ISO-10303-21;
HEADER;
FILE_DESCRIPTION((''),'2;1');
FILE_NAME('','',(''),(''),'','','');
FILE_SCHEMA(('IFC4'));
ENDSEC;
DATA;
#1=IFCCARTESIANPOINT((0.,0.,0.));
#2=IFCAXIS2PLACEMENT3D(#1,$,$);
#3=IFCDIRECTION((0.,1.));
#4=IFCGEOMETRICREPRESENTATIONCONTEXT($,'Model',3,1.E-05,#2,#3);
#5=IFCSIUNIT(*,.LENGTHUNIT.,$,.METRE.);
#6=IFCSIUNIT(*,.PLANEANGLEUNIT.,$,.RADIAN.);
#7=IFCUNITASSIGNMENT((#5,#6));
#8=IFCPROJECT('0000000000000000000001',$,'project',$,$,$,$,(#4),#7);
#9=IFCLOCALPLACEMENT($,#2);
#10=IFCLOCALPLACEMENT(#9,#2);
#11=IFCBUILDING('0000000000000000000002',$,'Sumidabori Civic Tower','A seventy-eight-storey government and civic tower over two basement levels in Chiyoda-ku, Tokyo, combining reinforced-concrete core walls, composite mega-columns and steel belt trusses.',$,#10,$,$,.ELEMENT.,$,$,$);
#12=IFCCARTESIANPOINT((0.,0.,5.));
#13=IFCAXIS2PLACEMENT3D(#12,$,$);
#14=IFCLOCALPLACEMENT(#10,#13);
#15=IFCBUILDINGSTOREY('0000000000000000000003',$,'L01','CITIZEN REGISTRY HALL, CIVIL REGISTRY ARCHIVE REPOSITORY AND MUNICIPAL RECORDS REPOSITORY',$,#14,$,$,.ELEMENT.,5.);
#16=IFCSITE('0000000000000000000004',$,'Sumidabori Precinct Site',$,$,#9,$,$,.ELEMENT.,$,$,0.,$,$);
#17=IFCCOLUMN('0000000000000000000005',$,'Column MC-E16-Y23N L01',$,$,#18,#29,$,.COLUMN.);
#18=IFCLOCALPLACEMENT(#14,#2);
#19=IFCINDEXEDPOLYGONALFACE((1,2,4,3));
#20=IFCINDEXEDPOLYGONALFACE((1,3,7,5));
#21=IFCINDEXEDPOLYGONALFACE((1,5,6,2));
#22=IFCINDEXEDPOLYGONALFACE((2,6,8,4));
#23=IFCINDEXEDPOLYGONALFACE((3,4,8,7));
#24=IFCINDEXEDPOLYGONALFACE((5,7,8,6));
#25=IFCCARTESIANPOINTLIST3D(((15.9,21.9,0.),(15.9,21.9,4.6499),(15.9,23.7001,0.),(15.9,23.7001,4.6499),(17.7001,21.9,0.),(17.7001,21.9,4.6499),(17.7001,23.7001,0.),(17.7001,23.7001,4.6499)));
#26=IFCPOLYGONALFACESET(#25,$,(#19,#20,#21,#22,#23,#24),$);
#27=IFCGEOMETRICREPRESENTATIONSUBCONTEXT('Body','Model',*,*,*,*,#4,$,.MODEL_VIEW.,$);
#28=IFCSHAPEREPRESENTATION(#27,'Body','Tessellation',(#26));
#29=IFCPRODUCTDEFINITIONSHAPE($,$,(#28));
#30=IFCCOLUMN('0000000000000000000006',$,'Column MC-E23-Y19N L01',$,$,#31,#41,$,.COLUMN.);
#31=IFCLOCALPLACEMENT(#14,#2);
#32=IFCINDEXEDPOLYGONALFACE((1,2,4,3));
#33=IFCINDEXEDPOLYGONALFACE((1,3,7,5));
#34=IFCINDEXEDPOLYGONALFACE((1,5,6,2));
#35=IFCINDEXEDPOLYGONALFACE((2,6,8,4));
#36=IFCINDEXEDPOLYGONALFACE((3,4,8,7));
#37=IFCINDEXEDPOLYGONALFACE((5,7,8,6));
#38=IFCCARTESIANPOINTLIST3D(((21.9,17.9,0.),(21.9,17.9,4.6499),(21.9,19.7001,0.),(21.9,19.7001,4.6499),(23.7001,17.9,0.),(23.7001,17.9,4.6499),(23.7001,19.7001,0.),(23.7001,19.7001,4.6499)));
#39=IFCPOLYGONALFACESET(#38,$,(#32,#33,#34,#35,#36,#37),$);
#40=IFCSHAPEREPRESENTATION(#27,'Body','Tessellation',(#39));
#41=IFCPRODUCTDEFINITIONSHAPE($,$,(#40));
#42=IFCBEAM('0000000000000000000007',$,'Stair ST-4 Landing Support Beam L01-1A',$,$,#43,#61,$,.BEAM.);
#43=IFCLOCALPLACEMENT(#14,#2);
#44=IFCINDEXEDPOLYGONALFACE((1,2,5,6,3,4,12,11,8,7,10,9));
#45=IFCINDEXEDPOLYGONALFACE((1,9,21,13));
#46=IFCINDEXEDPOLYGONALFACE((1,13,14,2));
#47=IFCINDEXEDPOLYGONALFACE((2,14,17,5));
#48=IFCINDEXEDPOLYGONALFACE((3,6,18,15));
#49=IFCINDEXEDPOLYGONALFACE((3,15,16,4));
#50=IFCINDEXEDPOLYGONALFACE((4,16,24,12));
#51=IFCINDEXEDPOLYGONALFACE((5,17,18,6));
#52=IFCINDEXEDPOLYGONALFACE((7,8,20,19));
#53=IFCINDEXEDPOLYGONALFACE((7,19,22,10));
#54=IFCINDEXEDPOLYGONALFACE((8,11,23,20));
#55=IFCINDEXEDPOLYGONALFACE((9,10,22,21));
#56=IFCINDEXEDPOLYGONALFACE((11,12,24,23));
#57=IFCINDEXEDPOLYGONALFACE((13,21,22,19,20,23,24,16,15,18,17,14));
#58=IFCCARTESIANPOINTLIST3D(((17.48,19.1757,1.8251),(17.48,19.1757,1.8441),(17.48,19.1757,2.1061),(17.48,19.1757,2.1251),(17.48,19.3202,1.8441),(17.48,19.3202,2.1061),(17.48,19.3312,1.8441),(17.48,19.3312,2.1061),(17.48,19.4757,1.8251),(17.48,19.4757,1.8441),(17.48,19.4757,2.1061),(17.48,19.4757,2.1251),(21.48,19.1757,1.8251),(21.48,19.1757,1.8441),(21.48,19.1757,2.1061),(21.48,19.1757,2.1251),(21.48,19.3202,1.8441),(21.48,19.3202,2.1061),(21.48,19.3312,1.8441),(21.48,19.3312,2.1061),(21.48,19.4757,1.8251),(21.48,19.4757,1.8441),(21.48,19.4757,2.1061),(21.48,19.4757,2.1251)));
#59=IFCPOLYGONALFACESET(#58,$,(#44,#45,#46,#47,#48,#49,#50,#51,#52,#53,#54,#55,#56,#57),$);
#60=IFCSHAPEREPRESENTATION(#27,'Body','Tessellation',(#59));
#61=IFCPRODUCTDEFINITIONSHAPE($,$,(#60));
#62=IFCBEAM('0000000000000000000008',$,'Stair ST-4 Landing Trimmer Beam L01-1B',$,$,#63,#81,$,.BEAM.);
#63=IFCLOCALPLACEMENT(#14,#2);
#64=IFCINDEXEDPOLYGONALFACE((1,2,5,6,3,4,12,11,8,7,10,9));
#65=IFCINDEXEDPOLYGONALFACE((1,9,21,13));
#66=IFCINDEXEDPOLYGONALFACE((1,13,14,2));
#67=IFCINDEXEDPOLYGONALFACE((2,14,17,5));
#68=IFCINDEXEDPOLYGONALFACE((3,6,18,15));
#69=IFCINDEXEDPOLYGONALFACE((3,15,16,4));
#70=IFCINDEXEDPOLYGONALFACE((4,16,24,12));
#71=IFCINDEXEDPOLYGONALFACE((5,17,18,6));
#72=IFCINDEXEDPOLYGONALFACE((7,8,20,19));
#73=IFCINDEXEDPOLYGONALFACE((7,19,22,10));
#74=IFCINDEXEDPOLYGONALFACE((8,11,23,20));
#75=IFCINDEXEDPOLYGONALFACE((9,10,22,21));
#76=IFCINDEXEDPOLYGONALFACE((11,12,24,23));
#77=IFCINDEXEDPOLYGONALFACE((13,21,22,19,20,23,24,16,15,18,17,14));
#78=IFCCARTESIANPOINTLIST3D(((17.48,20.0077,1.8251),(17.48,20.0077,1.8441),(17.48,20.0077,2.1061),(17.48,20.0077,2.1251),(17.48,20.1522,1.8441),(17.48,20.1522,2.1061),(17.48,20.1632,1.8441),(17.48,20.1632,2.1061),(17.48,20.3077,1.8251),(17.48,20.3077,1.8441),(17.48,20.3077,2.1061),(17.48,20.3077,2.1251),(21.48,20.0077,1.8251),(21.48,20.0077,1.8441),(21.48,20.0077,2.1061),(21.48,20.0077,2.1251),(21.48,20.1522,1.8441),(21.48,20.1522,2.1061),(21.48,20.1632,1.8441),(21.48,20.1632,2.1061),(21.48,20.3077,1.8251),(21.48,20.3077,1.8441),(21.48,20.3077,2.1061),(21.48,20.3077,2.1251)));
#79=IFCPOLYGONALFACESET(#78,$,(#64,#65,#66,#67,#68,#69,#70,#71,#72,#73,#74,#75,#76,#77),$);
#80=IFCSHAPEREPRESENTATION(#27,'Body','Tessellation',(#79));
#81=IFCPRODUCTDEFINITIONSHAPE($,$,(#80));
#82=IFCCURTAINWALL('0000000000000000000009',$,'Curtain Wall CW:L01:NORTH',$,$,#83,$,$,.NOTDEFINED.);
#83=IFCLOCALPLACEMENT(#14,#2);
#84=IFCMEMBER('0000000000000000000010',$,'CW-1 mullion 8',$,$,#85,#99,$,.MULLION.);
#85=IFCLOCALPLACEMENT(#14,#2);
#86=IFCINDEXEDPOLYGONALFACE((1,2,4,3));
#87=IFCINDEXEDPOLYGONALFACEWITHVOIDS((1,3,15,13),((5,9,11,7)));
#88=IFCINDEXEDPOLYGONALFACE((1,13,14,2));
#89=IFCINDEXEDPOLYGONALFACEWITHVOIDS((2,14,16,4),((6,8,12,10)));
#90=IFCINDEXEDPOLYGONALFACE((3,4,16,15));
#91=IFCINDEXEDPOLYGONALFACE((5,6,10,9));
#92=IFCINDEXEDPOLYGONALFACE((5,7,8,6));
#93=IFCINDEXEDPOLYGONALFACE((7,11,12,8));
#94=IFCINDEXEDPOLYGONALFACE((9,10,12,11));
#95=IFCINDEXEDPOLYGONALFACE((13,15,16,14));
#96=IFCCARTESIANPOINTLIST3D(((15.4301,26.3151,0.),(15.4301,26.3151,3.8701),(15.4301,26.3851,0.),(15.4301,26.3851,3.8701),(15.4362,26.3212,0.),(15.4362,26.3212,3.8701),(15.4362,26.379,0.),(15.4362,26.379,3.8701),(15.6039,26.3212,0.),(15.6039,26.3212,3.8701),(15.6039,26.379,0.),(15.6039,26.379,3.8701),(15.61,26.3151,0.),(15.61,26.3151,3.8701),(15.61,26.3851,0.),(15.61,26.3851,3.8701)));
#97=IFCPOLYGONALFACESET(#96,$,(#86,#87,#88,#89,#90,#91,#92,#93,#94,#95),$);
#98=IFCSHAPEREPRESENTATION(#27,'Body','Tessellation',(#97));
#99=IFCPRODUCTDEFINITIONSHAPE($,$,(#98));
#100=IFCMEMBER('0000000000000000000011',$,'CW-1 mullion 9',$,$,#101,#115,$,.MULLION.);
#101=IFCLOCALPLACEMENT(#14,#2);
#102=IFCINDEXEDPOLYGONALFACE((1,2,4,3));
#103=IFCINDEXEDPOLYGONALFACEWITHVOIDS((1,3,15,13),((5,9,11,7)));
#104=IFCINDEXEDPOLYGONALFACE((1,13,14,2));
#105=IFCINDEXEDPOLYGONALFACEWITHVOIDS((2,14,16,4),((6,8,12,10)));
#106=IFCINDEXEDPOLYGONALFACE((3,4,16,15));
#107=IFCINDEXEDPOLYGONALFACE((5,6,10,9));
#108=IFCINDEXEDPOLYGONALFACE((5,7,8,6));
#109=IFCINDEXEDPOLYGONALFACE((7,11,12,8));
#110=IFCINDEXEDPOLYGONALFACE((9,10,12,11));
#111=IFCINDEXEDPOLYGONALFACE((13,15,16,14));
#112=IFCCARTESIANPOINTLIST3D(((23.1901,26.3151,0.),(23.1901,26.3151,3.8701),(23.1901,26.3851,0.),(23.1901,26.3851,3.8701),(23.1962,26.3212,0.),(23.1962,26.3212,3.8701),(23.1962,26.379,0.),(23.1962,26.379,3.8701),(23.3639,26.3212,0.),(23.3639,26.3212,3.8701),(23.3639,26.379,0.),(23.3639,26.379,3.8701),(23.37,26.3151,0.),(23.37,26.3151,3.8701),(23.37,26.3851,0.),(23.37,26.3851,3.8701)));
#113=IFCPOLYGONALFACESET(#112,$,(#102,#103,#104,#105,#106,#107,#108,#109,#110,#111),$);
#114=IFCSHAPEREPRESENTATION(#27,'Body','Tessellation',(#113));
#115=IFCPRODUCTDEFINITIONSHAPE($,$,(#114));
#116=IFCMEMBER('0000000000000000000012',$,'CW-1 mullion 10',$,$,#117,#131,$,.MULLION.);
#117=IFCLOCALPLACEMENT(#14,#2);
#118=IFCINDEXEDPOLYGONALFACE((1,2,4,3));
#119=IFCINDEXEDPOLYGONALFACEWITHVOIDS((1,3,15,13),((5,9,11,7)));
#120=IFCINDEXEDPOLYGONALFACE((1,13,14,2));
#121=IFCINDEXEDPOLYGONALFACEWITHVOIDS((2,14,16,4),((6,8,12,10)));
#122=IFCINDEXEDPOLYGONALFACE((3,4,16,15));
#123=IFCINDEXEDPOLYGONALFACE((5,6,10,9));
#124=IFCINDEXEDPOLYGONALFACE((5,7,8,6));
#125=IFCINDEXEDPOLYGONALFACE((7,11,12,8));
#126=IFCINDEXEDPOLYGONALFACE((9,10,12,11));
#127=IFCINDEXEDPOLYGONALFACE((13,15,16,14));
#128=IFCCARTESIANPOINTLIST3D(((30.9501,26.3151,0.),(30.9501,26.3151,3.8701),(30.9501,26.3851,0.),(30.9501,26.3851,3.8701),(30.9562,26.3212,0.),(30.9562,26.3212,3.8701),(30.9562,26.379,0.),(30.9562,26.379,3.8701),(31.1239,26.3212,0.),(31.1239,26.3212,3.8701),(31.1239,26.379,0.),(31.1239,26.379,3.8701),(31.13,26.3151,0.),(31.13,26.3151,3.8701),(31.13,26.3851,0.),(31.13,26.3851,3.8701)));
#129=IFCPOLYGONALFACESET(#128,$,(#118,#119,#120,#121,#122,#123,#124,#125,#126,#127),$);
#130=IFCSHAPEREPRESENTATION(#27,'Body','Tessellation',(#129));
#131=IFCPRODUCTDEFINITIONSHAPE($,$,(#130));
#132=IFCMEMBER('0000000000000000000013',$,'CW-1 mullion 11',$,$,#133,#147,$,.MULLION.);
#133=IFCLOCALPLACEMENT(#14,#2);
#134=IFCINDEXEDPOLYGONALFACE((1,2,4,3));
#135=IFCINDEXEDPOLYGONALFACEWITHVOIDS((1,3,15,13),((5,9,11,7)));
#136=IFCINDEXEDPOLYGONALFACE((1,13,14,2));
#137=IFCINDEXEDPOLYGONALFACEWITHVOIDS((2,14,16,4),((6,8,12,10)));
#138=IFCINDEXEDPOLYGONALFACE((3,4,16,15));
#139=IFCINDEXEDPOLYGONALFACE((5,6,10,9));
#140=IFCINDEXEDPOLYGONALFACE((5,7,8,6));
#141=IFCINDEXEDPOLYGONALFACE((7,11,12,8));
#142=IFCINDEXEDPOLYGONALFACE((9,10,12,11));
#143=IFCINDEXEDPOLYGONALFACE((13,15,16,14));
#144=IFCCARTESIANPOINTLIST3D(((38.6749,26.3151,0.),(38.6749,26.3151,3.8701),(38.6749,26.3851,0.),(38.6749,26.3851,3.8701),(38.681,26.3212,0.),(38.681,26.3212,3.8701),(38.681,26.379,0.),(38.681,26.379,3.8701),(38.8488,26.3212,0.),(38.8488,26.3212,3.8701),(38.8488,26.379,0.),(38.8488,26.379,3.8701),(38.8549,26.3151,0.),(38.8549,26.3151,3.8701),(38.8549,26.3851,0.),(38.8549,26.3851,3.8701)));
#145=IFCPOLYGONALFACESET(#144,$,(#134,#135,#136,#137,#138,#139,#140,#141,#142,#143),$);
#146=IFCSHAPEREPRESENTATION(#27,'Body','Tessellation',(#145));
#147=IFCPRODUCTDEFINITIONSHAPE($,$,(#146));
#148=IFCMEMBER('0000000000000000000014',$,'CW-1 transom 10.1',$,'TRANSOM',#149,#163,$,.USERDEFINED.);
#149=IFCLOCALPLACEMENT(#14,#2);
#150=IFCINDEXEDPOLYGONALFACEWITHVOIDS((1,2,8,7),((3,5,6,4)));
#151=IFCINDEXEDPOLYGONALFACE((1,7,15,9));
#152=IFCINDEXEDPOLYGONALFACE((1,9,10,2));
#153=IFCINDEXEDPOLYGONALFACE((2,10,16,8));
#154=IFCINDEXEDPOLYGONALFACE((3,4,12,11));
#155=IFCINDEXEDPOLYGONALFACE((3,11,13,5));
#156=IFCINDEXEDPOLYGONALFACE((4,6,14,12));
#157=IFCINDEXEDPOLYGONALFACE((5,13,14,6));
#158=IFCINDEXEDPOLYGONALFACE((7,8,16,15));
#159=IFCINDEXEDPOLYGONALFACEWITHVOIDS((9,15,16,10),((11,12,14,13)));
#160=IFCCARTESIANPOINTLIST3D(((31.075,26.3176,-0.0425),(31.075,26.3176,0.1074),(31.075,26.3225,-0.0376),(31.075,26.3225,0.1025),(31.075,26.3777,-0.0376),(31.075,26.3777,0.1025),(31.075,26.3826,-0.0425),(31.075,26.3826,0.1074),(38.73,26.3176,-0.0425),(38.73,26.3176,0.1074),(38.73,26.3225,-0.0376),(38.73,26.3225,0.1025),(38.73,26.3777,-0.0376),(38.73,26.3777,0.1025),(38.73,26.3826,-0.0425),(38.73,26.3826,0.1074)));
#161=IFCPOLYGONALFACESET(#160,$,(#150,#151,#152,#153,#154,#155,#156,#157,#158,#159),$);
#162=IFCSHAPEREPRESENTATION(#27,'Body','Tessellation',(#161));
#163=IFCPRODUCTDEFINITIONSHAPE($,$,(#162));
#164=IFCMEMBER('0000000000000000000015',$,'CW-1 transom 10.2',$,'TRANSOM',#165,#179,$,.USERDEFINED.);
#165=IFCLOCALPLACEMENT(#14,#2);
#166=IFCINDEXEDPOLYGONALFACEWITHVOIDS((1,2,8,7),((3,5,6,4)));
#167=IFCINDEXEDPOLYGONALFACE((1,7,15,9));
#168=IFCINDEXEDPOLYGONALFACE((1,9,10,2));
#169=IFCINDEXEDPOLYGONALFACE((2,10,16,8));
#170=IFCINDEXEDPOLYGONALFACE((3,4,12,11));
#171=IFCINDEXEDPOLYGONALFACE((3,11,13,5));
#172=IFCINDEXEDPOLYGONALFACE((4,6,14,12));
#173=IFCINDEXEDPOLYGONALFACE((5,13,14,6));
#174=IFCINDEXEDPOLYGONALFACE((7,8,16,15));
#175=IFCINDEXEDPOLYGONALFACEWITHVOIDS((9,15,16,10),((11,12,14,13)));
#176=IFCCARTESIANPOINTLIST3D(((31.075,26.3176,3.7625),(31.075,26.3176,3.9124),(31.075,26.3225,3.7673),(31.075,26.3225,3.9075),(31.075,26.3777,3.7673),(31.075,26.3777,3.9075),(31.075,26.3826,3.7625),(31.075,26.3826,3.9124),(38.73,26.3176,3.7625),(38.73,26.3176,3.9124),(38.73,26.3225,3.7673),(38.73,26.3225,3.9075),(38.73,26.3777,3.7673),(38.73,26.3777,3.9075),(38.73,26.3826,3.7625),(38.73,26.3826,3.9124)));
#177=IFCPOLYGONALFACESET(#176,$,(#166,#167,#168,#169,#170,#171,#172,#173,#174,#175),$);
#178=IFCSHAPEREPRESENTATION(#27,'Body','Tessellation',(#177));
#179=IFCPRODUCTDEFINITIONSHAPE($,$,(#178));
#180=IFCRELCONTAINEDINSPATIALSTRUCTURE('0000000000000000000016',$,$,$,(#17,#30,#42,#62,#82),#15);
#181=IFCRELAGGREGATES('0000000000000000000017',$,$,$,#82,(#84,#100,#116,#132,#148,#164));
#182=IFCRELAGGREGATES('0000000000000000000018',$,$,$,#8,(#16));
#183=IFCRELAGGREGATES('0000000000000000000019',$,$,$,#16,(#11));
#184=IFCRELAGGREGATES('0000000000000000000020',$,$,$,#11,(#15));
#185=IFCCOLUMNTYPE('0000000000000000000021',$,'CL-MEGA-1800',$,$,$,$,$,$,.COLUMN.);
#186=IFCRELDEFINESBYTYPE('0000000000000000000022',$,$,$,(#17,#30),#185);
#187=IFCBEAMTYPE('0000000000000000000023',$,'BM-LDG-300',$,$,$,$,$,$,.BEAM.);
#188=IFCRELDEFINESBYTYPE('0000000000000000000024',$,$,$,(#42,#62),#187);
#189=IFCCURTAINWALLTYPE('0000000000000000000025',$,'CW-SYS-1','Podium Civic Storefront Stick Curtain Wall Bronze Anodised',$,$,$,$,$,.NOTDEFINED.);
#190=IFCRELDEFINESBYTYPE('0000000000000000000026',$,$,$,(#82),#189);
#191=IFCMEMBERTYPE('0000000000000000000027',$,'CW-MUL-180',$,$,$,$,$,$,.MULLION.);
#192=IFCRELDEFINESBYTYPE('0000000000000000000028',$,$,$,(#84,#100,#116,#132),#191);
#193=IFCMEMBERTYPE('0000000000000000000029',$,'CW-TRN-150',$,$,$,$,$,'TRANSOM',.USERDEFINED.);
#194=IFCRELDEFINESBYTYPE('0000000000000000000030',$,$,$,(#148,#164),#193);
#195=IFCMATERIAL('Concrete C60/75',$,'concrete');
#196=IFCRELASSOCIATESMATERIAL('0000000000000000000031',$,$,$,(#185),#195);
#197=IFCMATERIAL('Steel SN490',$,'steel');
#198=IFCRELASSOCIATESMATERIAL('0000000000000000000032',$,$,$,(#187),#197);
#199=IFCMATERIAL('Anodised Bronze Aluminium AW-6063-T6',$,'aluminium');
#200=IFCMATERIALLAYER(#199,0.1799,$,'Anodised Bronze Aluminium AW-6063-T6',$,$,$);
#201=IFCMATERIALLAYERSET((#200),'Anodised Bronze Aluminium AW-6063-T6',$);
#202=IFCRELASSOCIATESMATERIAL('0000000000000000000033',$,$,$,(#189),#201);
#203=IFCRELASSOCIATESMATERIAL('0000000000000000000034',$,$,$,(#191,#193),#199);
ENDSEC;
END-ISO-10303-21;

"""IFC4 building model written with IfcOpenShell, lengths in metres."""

from ifc_helpers import new_model, si_unit, direction, frame, origin, origin_2d, place, context, subcontext, project, spatial, rectangle, hollow_rectangle, i_section, extrude, source, transform, mapped, material, layer, layer_set, material_profile, profile_set, type_object, element, aggregate, save


model = new_model("IFC4")

# Units and contexts
model_context = context("Model", 3, precision=1e-05, world=origin(), true_north=direction((0.0, 1.0)))
body_context = subcontext(model_context, "Body", "Model", "MODEL_VIEW")
ifc_project = project(units=[si_unit("LENGTHUNIT", "METRE"), si_unit("PLANEANGLEUNIT", "RADIAN")], contexts=[model_context])

# Site, building, storey
site_placement = place(None, origin())
site = spatial("IfcSite", under=ifc_project, at=site_placement, Name="Sumidabori Precinct Site", CompositionType="ELEMENT", RefElevation=0.0)
building_placement = place(site_placement, origin())
building = spatial("IfcBuilding", under=site, at=building_placement, Name="Sumidabori Civic Tower", Description="A seventy-eight-storey government and civic tower over two basement levels in Chiyoda-ku, Tokyo, combining reinforced-concrete core walls, composite mega-columns and steel belt trusses.", CompositionType="ELEMENT")
storey_placement = place(building_placement, frame((0.0, 0.0, 5.0)))
storey = spatial("IfcBuildingStorey", under=building, at=storey_placement, Name="L01", Description="CITIZEN REGISTRY HALL, CIVIL REGISTRY ARCHIVE REPOSITORY AND MUNICIPAL RECORDS REPOSITORY", CompositionType="ELEMENT", Elevation=5.0)

# Columns
ifc_material_1 = material(Name="Concrete C60/75", Category="concrete")
ifc_material_profile_1 = material_profile(ifc_material_1, rectangle(XDim=1.8, YDim=1.8, at=origin_2d()), Name="RC 1800x1800")
ifc_profile_set_1 = profile_set([ifc_material_profile_1], Name="Concrete C60/75")
column_type = type_object("IfcColumnType", Name="CL-MEGA-1800", PredefinedType="COLUMN", material=ifc_profile_set_1)
shared_shape_1 = source(origin(), body_context, "Body", "SweptSolid", [
    extrude(rectangle(XDim=1.8, YDim=1.8, at=origin_2d()), origin(), (0.0, 0.0, 1.0), 4.6499),
])
for number, where, z_axis, x_axis, name in (
    (1, (16.8, 22.8, 0.0), (0.0, 0.0, 1.0), (1.0, 0.0, 0.0), "Column MC-E16-Y23N L01"),
    (2, (22.8, 18.8, 0.0), (0.0, 0.0, 1.0), (1.0, 0.0, 0.0), "Column MC-E23-Y19N L01"),
):
    element("IfcColumn", number, at=place(storey_placement, frame(where, z_axis=z_axis, x_axis=x_axis)), inside=storey, type_object=column_type, Name=name, PredefinedType="COLUMN", context=body_context, shape_type="MappedRepresentation", body=[
        mapped(shared_shape_1, transform((0.0, 0.0, 0.0), x_axis=(1.0, 0.0, 0.0), y_axis=(0.0, 1.0, 0.0), z_axis=(0.0, 0.0, 1.0), scale=1.0)),
    ])

# Beams
ifc_material_2 = material(Name="Steel SN490", Category="steel")
ifc_material_profile_2 = material_profile(ifc_material_2, i_section(OverallWidth=0.3, OverallDepth=0.3, WebThickness=0.011, FlangeThickness=0.019, at=origin_2d()), Name="HE 300 B")
ifc_profile_set_2 = profile_set([ifc_material_profile_2], Name="Steel SN490")
beam_type = type_object("IfcBeamType", Name="BM-LDG-300", PredefinedType="BEAM", material=ifc_profile_set_2)
shared_shape_2 = source(origin(), body_context, "Body", "SweptSolid", [
    extrude(i_section(OverallWidth=0.3, OverallDepth=0.3, WebThickness=0.011, FlangeThickness=0.019, at=origin_2d()), origin(), (0.0, 0.0, 1.0), 4.0),
])
for number, where, z_axis, x_axis, name in (
    (3, (17.48, 19.3257, 1.9751), (1.0, 0.0, 0.0), (0.0, 1.0, 0.0), "Stair ST-4 Landing Support Beam L01-1A"),
    (4, (17.48, 20.1577, 1.9751), (1.0, 0.0, 0.0), (0.0, 1.0, 0.0), "Stair ST-4 Landing Trimmer Beam L01-1B"),
):
    element("IfcBeam", number, at=place(storey_placement, frame(where, z_axis=z_axis, x_axis=x_axis)), inside=storey, type_object=beam_type, Name=name, PredefinedType="BEAM", context=body_context, shape_type="MappedRepresentation", body=[
        mapped(shared_shape_2, transform((0.0, 0.0, 0.0), x_axis=(1.0, 0.0, 0.0), y_axis=(0.0, 1.0, 0.0), z_axis=(0.0, 0.0, 1.0), scale=1.0)),
    ])

# Curtain wall, members
ifc_material_3 = material(Name="Anodised Bronze Aluminium AW-6063-T6", Category="aluminium")
ifc_layer_1 = layer(ifc_material_3, 0.1799, Name="Anodised Bronze Aluminium AW-6063-T6")
ifc_layer_set_1 = layer_set([ifc_layer_1], Name="Anodised Bronze Aluminium AW-6063-T6")
curtain_wall_type = type_object("IfcCurtainWallType", Name="CW-SYS-1", Description="Podium Civic Storefront Stick Curtain Wall Bronze Anodised", PredefinedType="NOTDEFINED", material=ifc_layer_set_1)
curtain_wall_placement = place(storey_placement, origin())
curtain_wall = element("IfcCurtainWall", 5, at=curtain_wall_placement, inside=storey, type_object=curtain_wall_type, Name="Curtain Wall CW:L01:NORTH", PredefinedType="NOTDEFINED")
ifc_material_profile_3 = material_profile(ifc_material_3, hollow_rectangle(XDim=0.0701, YDim=0.1799, WallThickness=0.0061, at=origin_2d()), Name="ALU MULLION 180x70")
ifc_profile_set_3 = profile_set([ifc_material_profile_3], Name="Anodised Bronze Aluminium AW-6063-T6")
member_type_1 = type_object("IfcMemberType", Name="CW-MUL-180", PredefinedType="MULLION", material=ifc_profile_set_3)
shared_shape_3 = source(origin(), body_context, "Body", "SweptSolid", [
    extrude(hollow_rectangle(XDim=0.0701, YDim=0.1799, WallThickness=0.0061, at=origin_2d()), origin(), (0.0, 0.0, 1.0), 3.8701),
])
member_1_placement = place(storey_placement, frame((15.52, 26.3501, 0.0), z_axis=(0.0, 0.0, 1.0), x_axis=(0.0, 1.0, 0.0)))
member_1 = element("IfcMember", 6, at=member_1_placement, type_object=member_type_1, Name="CW-1 mullion 8", PredefinedType="MULLION", context=body_context, shape_type="MappedRepresentation", body=[
    mapped(shared_shape_3, transform((0.0, 0.0, 0.0), x_axis=(1.0, 0.0, 0.0), y_axis=(0.0, 1.0, 0.0), z_axis=(0.0, 0.0, 1.0), scale=1.0)),
])
member_2_placement = place(storey_placement, frame((23.28, 26.3501, 0.0), z_axis=(0.0, 0.0, 1.0), x_axis=(0.0, 1.0, 0.0)))
member_2 = element("IfcMember", 7, at=member_2_placement, type_object=member_type_1, Name="CW-1 mullion 9", PredefinedType="MULLION", context=body_context, shape_type="MappedRepresentation", body=[
    mapped(shared_shape_3, transform((0.0, 0.0, 0.0), x_axis=(1.0, 0.0, 0.0), y_axis=(0.0, 1.0, 0.0), z_axis=(0.0, 0.0, 1.0), scale=1.0)),
])
member_3_placement = place(storey_placement, frame((31.04, 26.3501, 0.0), z_axis=(0.0, 0.0, 1.0), x_axis=(0.0, 1.0, 0.0)))
member_3 = element("IfcMember", 8, at=member_3_placement, type_object=member_type_1, Name="CW-1 mullion 10", PredefinedType="MULLION", context=body_context, shape_type="MappedRepresentation", body=[
    mapped(shared_shape_3, transform((0.0, 0.0, 0.0), x_axis=(1.0, 0.0, 0.0), y_axis=(0.0, 1.0, 0.0), z_axis=(0.0, 0.0, 1.0), scale=1.0)),
])
member_4_placement = place(storey_placement, frame((38.7649, 26.3501, 0.0), z_axis=(0.0, 0.0, 1.0), x_axis=(0.0, 1.0, 0.0)))
member_4 = element("IfcMember", 9, at=member_4_placement, type_object=member_type_1, Name="CW-1 mullion 11", PredefinedType="MULLION", context=body_context, shape_type="MappedRepresentation", body=[
    mapped(shared_shape_3, transform((0.0, 0.0, 0.0), x_axis=(1.0, 0.0, 0.0), y_axis=(0.0, 1.0, 0.0), z_axis=(0.0, 0.0, 1.0), scale=1.0)),
])
ifc_material_profile_4 = material_profile(ifc_material_3, hollow_rectangle(XDim=0.0649, YDim=0.1499, WallThickness=0.0049, at=origin_2d()), Name="ALU TRANSOM 150x65")
ifc_profile_set_4 = profile_set([ifc_material_profile_4], Name="Anodised Bronze Aluminium AW-6063-T6")
member_type_2 = type_object("IfcMemberType", Name="CW-TRN-150", ElementType="TRANSOM", PredefinedType="USERDEFINED", material=ifc_profile_set_4)
shared_shape_4 = source(origin(), body_context, "Body", "SweptSolid", [
    extrude(hollow_rectangle(XDim=0.0649, YDim=0.1499, WallThickness=0.0049, at=origin_2d()), origin(), (0.0, 0.0, 1.0), 7.655),
])
member_5_placement = place(storey_placement, frame((31.075, 26.3501, 0.0325), z_axis=(1.0, 0.0, 0.0), x_axis=(0.0, 1.0, 0.0)))
member_5 = element("IfcMember", 10, at=member_5_placement, type_object=member_type_2, Name="CW-1 transom 10.1", ObjectType="TRANSOM", PredefinedType="USERDEFINED", context=body_context, shape_type="MappedRepresentation", body=[
    mapped(shared_shape_4, transform((0.0, 0.0, 0.0), x_axis=(1.0, 0.0, 0.0), y_axis=(0.0, 1.0, 0.0), z_axis=(0.0, 0.0, 1.0), scale=1.0)),
])
member_6_placement = place(storey_placement, frame((31.075, 26.3501, 3.8374), z_axis=(1.0, 0.0, 0.0), x_axis=(0.0, 1.0, 0.0)))
member_6 = element("IfcMember", 11, at=member_6_placement, type_object=member_type_2, Name="CW-1 transom 10.2", ObjectType="TRANSOM", PredefinedType="USERDEFINED", context=body_context, shape_type="MappedRepresentation", body=[
    mapped(shared_shape_4, transform((0.0, 0.0, 0.0), x_axis=(1.0, 0.0, 0.0), y_axis=(0.0, 1.0, 0.0), z_axis=(0.0, 0.0, 1.0), scale=1.0)),
])
aggregate(curtain_wall, [member_1, member_2, member_3, member_4, member_5, member_6])

save(model, "model.ifc")
